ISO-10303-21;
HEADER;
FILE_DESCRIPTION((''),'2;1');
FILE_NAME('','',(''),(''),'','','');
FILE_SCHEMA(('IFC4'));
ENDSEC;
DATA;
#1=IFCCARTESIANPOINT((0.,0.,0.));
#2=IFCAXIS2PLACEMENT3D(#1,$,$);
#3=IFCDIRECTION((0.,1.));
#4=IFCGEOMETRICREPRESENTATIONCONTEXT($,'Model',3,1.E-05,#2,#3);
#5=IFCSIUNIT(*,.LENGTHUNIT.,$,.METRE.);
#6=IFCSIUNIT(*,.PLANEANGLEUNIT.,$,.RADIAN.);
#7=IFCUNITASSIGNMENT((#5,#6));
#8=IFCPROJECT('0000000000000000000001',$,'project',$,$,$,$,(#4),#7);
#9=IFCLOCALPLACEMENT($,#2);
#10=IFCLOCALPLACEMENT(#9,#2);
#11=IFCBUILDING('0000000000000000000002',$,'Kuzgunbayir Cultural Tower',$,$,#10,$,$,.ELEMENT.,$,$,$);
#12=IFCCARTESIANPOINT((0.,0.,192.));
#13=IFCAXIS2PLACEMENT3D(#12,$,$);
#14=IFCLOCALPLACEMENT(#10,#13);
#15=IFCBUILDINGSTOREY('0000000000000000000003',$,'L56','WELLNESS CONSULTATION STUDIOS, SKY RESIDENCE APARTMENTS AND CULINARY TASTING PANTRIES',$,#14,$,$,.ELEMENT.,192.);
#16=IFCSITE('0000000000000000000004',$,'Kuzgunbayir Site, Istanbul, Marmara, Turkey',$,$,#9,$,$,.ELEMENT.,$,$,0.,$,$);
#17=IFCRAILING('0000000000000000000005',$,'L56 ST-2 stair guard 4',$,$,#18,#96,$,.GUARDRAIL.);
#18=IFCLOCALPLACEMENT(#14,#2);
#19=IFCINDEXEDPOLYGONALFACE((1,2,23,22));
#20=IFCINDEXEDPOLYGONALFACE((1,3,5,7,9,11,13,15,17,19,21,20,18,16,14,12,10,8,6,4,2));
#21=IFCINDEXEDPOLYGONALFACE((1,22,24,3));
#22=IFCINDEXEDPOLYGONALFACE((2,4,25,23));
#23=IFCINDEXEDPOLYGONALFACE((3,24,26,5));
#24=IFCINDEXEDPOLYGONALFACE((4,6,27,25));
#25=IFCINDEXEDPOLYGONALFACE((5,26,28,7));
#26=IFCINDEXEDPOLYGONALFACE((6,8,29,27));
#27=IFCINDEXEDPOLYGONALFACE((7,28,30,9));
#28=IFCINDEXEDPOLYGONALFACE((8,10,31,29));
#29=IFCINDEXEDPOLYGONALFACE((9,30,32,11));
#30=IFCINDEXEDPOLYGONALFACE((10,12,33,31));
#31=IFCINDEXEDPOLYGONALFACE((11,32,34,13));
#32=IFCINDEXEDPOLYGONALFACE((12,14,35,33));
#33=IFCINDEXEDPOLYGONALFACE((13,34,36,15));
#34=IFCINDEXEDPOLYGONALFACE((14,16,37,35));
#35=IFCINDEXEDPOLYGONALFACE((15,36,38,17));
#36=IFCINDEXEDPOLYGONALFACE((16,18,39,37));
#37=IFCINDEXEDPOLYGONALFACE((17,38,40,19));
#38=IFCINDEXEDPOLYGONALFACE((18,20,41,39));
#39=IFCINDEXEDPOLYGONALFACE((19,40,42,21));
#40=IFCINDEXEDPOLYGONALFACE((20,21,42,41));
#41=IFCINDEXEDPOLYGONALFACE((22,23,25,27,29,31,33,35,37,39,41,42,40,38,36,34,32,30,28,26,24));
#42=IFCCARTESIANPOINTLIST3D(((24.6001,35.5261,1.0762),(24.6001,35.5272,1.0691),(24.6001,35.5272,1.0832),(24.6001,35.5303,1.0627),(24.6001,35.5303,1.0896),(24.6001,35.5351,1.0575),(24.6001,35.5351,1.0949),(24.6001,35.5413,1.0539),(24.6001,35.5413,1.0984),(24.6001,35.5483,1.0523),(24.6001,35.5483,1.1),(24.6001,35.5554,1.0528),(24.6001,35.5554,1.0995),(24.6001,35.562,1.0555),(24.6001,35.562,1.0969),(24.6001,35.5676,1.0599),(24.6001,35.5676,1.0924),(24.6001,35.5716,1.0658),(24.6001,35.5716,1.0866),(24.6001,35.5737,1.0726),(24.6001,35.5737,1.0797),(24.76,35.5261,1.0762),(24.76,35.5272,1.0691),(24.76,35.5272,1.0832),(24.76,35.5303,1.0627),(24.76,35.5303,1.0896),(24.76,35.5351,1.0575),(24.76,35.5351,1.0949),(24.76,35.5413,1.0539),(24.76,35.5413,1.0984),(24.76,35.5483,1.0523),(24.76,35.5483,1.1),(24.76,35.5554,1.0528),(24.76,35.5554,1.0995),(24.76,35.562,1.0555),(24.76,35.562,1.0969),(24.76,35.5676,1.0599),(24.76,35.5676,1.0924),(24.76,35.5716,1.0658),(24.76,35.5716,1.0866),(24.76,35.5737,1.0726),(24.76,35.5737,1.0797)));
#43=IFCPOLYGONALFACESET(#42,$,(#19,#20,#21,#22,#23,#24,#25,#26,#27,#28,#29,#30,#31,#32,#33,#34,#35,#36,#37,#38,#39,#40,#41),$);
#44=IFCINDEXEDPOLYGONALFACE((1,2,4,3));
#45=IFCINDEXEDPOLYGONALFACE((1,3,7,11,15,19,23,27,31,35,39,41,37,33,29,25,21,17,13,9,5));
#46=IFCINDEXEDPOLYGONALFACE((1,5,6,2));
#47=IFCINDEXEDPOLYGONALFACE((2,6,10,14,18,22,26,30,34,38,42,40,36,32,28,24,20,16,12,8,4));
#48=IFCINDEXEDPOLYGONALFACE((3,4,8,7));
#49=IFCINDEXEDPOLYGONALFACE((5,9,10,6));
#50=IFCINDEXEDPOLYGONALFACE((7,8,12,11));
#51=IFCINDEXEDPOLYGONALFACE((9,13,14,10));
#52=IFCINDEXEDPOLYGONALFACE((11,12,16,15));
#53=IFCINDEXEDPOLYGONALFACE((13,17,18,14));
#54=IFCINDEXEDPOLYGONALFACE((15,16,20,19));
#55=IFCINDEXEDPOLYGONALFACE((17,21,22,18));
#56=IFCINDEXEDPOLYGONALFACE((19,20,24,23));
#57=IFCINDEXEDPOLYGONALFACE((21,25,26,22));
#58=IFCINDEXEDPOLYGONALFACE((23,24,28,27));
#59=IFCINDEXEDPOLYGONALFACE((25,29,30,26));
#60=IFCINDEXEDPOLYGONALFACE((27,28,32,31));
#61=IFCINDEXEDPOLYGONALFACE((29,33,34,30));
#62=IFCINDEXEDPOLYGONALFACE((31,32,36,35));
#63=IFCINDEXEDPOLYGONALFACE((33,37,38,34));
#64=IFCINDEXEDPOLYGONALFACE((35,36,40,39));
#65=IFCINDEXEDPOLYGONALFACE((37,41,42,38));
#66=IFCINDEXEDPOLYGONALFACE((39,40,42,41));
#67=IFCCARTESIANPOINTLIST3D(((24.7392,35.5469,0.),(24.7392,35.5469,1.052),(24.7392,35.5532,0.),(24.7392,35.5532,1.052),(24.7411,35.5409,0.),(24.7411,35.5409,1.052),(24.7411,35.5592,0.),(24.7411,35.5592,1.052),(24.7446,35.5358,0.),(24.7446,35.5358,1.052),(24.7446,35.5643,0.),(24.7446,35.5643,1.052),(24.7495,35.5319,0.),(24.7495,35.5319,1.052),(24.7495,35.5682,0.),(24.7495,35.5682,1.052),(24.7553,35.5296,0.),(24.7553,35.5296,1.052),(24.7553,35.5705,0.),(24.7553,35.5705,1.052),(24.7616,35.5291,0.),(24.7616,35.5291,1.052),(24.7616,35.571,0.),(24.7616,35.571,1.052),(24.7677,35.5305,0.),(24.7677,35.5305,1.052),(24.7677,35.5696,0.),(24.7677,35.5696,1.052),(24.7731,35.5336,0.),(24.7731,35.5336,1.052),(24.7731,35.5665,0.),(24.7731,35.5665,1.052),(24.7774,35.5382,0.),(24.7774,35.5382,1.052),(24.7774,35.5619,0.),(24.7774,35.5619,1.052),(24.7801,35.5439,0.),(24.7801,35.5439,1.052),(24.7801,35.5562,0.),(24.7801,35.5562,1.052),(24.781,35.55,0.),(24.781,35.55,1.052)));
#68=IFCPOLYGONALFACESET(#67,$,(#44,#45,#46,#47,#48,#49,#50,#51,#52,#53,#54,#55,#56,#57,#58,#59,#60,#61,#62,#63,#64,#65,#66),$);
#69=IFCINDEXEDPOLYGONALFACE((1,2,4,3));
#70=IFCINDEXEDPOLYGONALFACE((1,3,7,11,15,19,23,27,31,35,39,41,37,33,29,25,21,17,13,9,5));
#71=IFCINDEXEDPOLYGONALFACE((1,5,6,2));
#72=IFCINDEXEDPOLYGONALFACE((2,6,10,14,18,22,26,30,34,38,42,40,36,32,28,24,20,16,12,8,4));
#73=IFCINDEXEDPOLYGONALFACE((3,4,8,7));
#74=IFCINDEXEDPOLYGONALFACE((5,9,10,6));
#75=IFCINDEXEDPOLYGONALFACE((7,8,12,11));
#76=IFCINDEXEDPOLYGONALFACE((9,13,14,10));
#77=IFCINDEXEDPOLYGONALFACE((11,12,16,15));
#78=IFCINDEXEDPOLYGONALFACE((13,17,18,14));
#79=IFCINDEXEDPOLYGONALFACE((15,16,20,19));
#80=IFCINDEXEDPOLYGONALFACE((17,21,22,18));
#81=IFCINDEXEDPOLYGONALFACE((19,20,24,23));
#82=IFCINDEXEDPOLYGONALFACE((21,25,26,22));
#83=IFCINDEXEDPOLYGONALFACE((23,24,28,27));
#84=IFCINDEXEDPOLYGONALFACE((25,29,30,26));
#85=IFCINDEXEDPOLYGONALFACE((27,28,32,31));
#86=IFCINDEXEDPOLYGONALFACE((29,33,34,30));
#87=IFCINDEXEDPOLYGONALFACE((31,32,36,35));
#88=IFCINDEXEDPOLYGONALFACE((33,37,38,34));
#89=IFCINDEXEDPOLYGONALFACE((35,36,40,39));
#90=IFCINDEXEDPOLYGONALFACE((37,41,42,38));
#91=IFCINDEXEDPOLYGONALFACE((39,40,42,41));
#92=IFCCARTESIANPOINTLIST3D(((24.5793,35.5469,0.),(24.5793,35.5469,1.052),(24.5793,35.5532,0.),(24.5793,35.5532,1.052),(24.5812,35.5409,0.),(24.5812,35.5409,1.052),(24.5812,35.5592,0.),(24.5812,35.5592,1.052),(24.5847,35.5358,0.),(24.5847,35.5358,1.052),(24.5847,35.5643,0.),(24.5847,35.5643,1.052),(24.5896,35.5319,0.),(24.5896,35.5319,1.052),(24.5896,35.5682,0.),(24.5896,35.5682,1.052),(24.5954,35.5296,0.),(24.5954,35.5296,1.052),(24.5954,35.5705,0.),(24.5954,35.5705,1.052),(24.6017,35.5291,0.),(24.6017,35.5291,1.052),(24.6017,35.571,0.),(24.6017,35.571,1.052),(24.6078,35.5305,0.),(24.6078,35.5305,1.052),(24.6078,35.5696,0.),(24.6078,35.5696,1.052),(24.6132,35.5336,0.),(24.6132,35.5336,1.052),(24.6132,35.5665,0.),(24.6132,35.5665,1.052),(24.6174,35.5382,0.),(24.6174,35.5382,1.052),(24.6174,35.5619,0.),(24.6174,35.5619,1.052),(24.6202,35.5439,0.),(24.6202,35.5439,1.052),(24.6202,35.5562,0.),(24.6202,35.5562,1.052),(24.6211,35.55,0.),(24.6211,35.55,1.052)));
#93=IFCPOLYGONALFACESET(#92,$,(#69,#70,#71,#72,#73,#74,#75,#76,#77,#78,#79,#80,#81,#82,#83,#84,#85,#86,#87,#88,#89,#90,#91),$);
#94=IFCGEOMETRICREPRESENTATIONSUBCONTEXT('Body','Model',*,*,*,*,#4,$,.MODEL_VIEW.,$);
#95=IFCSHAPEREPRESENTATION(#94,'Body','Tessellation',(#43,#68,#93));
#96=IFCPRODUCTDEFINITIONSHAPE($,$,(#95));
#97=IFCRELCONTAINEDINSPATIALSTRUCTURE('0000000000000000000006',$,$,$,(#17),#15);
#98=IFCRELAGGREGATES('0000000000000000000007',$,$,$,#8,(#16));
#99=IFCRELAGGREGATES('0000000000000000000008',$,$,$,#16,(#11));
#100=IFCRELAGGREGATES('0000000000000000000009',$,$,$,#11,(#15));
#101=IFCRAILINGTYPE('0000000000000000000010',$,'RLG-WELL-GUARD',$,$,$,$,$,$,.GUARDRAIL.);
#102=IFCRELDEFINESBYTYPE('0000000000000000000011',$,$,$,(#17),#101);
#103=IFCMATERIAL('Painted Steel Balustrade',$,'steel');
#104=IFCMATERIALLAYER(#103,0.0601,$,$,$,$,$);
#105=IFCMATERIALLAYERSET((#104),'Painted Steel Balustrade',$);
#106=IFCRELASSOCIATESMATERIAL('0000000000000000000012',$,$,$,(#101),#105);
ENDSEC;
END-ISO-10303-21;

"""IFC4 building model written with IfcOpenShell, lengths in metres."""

from ifc_helpers import new_model, si_unit, direction, frame, origin, origin_2d, place, context, subcontext, project, spatial, circle, extrude, material, layer, layer_set, type_object, element, save


model = new_model("IFC4")

# Units and contexts
model_context = context("Model", 3, precision=1e-05, world=origin(), true_north=direction((0.0, 1.0)))
body_context = subcontext(model_context, "Body", "Model", "MODEL_VIEW")
ifc_project = project(units=[si_unit("LENGTHUNIT", "METRE"), si_unit("PLANEANGLEUNIT", "RADIAN")], contexts=[model_context])

# Site, building, storey
site_placement = place(None, origin())
site = spatial("IfcSite", under=ifc_project, at=site_placement, Name="Kuzgunbayir Site, Istanbul, Marmara, Turkey", CompositionType="ELEMENT", RefElevation=0.0)
building_placement = place(site_placement, origin())
building = spatial("IfcBuilding", under=site, at=building_placement, Name="Kuzgunbayir Cultural Tower", CompositionType="ELEMENT")
storey_placement = place(building_placement, frame((0.0, 0.0, 192.0)))
storey = spatial("IfcBuildingStorey", under=building, at=storey_placement, Name="L56", Description="WELLNESS CONSULTATION STUDIOS, SKY RESIDENCE APARTMENTS AND CULINARY TASTING PANTRIES", CompositionType="ELEMENT", Elevation=192.0)

# Railing
ifc_material_1 = material(Name="Painted Steel Balustrade", Category="steel")
ifc_layer_1 = layer(ifc_material_1, 0.0601)
ifc_layer_set_1 = layer_set([ifc_layer_1], Name="Painted Steel Balustrade")
railing_type_1 = type_object("IfcRailingType", Name="RLG-WELL-GUARD", PredefinedType="GUARDRAIL", material=ifc_layer_set_1)
railing_1_placement = place(storey_placement, frame((24.76, 35.55, 0.0)))
element("IfcRailing", 1, at=railing_1_placement, inside=storey, type_object=railing_type_1, Name="L56 ST-2 stair guard 4", PredefinedType="GUARDRAIL", context=body_context, shape_type="SweptSolid", body=[
    extrude(circle(Radius=0.0239, at=origin_2d()), frame((0.0, 0.0, 1.0762), z_axis=(-1.0, 0.0, 0.0), x_axis=(0.0, -1.0, 0.0)), (0.0, 0.0, 1.0), 0.1599),
    extrude(circle(Radius=0.021, at=origin_2d()), origin(), (0.0, 0.0, 1.0), 1.052),
    extrude(circle(Radius=0.021, at=origin_2d()), frame((-0.1599, 0.0, 0.0)), (0.0, 0.0, 1.0), 1.052),
])

save(model, "model.ifc")
